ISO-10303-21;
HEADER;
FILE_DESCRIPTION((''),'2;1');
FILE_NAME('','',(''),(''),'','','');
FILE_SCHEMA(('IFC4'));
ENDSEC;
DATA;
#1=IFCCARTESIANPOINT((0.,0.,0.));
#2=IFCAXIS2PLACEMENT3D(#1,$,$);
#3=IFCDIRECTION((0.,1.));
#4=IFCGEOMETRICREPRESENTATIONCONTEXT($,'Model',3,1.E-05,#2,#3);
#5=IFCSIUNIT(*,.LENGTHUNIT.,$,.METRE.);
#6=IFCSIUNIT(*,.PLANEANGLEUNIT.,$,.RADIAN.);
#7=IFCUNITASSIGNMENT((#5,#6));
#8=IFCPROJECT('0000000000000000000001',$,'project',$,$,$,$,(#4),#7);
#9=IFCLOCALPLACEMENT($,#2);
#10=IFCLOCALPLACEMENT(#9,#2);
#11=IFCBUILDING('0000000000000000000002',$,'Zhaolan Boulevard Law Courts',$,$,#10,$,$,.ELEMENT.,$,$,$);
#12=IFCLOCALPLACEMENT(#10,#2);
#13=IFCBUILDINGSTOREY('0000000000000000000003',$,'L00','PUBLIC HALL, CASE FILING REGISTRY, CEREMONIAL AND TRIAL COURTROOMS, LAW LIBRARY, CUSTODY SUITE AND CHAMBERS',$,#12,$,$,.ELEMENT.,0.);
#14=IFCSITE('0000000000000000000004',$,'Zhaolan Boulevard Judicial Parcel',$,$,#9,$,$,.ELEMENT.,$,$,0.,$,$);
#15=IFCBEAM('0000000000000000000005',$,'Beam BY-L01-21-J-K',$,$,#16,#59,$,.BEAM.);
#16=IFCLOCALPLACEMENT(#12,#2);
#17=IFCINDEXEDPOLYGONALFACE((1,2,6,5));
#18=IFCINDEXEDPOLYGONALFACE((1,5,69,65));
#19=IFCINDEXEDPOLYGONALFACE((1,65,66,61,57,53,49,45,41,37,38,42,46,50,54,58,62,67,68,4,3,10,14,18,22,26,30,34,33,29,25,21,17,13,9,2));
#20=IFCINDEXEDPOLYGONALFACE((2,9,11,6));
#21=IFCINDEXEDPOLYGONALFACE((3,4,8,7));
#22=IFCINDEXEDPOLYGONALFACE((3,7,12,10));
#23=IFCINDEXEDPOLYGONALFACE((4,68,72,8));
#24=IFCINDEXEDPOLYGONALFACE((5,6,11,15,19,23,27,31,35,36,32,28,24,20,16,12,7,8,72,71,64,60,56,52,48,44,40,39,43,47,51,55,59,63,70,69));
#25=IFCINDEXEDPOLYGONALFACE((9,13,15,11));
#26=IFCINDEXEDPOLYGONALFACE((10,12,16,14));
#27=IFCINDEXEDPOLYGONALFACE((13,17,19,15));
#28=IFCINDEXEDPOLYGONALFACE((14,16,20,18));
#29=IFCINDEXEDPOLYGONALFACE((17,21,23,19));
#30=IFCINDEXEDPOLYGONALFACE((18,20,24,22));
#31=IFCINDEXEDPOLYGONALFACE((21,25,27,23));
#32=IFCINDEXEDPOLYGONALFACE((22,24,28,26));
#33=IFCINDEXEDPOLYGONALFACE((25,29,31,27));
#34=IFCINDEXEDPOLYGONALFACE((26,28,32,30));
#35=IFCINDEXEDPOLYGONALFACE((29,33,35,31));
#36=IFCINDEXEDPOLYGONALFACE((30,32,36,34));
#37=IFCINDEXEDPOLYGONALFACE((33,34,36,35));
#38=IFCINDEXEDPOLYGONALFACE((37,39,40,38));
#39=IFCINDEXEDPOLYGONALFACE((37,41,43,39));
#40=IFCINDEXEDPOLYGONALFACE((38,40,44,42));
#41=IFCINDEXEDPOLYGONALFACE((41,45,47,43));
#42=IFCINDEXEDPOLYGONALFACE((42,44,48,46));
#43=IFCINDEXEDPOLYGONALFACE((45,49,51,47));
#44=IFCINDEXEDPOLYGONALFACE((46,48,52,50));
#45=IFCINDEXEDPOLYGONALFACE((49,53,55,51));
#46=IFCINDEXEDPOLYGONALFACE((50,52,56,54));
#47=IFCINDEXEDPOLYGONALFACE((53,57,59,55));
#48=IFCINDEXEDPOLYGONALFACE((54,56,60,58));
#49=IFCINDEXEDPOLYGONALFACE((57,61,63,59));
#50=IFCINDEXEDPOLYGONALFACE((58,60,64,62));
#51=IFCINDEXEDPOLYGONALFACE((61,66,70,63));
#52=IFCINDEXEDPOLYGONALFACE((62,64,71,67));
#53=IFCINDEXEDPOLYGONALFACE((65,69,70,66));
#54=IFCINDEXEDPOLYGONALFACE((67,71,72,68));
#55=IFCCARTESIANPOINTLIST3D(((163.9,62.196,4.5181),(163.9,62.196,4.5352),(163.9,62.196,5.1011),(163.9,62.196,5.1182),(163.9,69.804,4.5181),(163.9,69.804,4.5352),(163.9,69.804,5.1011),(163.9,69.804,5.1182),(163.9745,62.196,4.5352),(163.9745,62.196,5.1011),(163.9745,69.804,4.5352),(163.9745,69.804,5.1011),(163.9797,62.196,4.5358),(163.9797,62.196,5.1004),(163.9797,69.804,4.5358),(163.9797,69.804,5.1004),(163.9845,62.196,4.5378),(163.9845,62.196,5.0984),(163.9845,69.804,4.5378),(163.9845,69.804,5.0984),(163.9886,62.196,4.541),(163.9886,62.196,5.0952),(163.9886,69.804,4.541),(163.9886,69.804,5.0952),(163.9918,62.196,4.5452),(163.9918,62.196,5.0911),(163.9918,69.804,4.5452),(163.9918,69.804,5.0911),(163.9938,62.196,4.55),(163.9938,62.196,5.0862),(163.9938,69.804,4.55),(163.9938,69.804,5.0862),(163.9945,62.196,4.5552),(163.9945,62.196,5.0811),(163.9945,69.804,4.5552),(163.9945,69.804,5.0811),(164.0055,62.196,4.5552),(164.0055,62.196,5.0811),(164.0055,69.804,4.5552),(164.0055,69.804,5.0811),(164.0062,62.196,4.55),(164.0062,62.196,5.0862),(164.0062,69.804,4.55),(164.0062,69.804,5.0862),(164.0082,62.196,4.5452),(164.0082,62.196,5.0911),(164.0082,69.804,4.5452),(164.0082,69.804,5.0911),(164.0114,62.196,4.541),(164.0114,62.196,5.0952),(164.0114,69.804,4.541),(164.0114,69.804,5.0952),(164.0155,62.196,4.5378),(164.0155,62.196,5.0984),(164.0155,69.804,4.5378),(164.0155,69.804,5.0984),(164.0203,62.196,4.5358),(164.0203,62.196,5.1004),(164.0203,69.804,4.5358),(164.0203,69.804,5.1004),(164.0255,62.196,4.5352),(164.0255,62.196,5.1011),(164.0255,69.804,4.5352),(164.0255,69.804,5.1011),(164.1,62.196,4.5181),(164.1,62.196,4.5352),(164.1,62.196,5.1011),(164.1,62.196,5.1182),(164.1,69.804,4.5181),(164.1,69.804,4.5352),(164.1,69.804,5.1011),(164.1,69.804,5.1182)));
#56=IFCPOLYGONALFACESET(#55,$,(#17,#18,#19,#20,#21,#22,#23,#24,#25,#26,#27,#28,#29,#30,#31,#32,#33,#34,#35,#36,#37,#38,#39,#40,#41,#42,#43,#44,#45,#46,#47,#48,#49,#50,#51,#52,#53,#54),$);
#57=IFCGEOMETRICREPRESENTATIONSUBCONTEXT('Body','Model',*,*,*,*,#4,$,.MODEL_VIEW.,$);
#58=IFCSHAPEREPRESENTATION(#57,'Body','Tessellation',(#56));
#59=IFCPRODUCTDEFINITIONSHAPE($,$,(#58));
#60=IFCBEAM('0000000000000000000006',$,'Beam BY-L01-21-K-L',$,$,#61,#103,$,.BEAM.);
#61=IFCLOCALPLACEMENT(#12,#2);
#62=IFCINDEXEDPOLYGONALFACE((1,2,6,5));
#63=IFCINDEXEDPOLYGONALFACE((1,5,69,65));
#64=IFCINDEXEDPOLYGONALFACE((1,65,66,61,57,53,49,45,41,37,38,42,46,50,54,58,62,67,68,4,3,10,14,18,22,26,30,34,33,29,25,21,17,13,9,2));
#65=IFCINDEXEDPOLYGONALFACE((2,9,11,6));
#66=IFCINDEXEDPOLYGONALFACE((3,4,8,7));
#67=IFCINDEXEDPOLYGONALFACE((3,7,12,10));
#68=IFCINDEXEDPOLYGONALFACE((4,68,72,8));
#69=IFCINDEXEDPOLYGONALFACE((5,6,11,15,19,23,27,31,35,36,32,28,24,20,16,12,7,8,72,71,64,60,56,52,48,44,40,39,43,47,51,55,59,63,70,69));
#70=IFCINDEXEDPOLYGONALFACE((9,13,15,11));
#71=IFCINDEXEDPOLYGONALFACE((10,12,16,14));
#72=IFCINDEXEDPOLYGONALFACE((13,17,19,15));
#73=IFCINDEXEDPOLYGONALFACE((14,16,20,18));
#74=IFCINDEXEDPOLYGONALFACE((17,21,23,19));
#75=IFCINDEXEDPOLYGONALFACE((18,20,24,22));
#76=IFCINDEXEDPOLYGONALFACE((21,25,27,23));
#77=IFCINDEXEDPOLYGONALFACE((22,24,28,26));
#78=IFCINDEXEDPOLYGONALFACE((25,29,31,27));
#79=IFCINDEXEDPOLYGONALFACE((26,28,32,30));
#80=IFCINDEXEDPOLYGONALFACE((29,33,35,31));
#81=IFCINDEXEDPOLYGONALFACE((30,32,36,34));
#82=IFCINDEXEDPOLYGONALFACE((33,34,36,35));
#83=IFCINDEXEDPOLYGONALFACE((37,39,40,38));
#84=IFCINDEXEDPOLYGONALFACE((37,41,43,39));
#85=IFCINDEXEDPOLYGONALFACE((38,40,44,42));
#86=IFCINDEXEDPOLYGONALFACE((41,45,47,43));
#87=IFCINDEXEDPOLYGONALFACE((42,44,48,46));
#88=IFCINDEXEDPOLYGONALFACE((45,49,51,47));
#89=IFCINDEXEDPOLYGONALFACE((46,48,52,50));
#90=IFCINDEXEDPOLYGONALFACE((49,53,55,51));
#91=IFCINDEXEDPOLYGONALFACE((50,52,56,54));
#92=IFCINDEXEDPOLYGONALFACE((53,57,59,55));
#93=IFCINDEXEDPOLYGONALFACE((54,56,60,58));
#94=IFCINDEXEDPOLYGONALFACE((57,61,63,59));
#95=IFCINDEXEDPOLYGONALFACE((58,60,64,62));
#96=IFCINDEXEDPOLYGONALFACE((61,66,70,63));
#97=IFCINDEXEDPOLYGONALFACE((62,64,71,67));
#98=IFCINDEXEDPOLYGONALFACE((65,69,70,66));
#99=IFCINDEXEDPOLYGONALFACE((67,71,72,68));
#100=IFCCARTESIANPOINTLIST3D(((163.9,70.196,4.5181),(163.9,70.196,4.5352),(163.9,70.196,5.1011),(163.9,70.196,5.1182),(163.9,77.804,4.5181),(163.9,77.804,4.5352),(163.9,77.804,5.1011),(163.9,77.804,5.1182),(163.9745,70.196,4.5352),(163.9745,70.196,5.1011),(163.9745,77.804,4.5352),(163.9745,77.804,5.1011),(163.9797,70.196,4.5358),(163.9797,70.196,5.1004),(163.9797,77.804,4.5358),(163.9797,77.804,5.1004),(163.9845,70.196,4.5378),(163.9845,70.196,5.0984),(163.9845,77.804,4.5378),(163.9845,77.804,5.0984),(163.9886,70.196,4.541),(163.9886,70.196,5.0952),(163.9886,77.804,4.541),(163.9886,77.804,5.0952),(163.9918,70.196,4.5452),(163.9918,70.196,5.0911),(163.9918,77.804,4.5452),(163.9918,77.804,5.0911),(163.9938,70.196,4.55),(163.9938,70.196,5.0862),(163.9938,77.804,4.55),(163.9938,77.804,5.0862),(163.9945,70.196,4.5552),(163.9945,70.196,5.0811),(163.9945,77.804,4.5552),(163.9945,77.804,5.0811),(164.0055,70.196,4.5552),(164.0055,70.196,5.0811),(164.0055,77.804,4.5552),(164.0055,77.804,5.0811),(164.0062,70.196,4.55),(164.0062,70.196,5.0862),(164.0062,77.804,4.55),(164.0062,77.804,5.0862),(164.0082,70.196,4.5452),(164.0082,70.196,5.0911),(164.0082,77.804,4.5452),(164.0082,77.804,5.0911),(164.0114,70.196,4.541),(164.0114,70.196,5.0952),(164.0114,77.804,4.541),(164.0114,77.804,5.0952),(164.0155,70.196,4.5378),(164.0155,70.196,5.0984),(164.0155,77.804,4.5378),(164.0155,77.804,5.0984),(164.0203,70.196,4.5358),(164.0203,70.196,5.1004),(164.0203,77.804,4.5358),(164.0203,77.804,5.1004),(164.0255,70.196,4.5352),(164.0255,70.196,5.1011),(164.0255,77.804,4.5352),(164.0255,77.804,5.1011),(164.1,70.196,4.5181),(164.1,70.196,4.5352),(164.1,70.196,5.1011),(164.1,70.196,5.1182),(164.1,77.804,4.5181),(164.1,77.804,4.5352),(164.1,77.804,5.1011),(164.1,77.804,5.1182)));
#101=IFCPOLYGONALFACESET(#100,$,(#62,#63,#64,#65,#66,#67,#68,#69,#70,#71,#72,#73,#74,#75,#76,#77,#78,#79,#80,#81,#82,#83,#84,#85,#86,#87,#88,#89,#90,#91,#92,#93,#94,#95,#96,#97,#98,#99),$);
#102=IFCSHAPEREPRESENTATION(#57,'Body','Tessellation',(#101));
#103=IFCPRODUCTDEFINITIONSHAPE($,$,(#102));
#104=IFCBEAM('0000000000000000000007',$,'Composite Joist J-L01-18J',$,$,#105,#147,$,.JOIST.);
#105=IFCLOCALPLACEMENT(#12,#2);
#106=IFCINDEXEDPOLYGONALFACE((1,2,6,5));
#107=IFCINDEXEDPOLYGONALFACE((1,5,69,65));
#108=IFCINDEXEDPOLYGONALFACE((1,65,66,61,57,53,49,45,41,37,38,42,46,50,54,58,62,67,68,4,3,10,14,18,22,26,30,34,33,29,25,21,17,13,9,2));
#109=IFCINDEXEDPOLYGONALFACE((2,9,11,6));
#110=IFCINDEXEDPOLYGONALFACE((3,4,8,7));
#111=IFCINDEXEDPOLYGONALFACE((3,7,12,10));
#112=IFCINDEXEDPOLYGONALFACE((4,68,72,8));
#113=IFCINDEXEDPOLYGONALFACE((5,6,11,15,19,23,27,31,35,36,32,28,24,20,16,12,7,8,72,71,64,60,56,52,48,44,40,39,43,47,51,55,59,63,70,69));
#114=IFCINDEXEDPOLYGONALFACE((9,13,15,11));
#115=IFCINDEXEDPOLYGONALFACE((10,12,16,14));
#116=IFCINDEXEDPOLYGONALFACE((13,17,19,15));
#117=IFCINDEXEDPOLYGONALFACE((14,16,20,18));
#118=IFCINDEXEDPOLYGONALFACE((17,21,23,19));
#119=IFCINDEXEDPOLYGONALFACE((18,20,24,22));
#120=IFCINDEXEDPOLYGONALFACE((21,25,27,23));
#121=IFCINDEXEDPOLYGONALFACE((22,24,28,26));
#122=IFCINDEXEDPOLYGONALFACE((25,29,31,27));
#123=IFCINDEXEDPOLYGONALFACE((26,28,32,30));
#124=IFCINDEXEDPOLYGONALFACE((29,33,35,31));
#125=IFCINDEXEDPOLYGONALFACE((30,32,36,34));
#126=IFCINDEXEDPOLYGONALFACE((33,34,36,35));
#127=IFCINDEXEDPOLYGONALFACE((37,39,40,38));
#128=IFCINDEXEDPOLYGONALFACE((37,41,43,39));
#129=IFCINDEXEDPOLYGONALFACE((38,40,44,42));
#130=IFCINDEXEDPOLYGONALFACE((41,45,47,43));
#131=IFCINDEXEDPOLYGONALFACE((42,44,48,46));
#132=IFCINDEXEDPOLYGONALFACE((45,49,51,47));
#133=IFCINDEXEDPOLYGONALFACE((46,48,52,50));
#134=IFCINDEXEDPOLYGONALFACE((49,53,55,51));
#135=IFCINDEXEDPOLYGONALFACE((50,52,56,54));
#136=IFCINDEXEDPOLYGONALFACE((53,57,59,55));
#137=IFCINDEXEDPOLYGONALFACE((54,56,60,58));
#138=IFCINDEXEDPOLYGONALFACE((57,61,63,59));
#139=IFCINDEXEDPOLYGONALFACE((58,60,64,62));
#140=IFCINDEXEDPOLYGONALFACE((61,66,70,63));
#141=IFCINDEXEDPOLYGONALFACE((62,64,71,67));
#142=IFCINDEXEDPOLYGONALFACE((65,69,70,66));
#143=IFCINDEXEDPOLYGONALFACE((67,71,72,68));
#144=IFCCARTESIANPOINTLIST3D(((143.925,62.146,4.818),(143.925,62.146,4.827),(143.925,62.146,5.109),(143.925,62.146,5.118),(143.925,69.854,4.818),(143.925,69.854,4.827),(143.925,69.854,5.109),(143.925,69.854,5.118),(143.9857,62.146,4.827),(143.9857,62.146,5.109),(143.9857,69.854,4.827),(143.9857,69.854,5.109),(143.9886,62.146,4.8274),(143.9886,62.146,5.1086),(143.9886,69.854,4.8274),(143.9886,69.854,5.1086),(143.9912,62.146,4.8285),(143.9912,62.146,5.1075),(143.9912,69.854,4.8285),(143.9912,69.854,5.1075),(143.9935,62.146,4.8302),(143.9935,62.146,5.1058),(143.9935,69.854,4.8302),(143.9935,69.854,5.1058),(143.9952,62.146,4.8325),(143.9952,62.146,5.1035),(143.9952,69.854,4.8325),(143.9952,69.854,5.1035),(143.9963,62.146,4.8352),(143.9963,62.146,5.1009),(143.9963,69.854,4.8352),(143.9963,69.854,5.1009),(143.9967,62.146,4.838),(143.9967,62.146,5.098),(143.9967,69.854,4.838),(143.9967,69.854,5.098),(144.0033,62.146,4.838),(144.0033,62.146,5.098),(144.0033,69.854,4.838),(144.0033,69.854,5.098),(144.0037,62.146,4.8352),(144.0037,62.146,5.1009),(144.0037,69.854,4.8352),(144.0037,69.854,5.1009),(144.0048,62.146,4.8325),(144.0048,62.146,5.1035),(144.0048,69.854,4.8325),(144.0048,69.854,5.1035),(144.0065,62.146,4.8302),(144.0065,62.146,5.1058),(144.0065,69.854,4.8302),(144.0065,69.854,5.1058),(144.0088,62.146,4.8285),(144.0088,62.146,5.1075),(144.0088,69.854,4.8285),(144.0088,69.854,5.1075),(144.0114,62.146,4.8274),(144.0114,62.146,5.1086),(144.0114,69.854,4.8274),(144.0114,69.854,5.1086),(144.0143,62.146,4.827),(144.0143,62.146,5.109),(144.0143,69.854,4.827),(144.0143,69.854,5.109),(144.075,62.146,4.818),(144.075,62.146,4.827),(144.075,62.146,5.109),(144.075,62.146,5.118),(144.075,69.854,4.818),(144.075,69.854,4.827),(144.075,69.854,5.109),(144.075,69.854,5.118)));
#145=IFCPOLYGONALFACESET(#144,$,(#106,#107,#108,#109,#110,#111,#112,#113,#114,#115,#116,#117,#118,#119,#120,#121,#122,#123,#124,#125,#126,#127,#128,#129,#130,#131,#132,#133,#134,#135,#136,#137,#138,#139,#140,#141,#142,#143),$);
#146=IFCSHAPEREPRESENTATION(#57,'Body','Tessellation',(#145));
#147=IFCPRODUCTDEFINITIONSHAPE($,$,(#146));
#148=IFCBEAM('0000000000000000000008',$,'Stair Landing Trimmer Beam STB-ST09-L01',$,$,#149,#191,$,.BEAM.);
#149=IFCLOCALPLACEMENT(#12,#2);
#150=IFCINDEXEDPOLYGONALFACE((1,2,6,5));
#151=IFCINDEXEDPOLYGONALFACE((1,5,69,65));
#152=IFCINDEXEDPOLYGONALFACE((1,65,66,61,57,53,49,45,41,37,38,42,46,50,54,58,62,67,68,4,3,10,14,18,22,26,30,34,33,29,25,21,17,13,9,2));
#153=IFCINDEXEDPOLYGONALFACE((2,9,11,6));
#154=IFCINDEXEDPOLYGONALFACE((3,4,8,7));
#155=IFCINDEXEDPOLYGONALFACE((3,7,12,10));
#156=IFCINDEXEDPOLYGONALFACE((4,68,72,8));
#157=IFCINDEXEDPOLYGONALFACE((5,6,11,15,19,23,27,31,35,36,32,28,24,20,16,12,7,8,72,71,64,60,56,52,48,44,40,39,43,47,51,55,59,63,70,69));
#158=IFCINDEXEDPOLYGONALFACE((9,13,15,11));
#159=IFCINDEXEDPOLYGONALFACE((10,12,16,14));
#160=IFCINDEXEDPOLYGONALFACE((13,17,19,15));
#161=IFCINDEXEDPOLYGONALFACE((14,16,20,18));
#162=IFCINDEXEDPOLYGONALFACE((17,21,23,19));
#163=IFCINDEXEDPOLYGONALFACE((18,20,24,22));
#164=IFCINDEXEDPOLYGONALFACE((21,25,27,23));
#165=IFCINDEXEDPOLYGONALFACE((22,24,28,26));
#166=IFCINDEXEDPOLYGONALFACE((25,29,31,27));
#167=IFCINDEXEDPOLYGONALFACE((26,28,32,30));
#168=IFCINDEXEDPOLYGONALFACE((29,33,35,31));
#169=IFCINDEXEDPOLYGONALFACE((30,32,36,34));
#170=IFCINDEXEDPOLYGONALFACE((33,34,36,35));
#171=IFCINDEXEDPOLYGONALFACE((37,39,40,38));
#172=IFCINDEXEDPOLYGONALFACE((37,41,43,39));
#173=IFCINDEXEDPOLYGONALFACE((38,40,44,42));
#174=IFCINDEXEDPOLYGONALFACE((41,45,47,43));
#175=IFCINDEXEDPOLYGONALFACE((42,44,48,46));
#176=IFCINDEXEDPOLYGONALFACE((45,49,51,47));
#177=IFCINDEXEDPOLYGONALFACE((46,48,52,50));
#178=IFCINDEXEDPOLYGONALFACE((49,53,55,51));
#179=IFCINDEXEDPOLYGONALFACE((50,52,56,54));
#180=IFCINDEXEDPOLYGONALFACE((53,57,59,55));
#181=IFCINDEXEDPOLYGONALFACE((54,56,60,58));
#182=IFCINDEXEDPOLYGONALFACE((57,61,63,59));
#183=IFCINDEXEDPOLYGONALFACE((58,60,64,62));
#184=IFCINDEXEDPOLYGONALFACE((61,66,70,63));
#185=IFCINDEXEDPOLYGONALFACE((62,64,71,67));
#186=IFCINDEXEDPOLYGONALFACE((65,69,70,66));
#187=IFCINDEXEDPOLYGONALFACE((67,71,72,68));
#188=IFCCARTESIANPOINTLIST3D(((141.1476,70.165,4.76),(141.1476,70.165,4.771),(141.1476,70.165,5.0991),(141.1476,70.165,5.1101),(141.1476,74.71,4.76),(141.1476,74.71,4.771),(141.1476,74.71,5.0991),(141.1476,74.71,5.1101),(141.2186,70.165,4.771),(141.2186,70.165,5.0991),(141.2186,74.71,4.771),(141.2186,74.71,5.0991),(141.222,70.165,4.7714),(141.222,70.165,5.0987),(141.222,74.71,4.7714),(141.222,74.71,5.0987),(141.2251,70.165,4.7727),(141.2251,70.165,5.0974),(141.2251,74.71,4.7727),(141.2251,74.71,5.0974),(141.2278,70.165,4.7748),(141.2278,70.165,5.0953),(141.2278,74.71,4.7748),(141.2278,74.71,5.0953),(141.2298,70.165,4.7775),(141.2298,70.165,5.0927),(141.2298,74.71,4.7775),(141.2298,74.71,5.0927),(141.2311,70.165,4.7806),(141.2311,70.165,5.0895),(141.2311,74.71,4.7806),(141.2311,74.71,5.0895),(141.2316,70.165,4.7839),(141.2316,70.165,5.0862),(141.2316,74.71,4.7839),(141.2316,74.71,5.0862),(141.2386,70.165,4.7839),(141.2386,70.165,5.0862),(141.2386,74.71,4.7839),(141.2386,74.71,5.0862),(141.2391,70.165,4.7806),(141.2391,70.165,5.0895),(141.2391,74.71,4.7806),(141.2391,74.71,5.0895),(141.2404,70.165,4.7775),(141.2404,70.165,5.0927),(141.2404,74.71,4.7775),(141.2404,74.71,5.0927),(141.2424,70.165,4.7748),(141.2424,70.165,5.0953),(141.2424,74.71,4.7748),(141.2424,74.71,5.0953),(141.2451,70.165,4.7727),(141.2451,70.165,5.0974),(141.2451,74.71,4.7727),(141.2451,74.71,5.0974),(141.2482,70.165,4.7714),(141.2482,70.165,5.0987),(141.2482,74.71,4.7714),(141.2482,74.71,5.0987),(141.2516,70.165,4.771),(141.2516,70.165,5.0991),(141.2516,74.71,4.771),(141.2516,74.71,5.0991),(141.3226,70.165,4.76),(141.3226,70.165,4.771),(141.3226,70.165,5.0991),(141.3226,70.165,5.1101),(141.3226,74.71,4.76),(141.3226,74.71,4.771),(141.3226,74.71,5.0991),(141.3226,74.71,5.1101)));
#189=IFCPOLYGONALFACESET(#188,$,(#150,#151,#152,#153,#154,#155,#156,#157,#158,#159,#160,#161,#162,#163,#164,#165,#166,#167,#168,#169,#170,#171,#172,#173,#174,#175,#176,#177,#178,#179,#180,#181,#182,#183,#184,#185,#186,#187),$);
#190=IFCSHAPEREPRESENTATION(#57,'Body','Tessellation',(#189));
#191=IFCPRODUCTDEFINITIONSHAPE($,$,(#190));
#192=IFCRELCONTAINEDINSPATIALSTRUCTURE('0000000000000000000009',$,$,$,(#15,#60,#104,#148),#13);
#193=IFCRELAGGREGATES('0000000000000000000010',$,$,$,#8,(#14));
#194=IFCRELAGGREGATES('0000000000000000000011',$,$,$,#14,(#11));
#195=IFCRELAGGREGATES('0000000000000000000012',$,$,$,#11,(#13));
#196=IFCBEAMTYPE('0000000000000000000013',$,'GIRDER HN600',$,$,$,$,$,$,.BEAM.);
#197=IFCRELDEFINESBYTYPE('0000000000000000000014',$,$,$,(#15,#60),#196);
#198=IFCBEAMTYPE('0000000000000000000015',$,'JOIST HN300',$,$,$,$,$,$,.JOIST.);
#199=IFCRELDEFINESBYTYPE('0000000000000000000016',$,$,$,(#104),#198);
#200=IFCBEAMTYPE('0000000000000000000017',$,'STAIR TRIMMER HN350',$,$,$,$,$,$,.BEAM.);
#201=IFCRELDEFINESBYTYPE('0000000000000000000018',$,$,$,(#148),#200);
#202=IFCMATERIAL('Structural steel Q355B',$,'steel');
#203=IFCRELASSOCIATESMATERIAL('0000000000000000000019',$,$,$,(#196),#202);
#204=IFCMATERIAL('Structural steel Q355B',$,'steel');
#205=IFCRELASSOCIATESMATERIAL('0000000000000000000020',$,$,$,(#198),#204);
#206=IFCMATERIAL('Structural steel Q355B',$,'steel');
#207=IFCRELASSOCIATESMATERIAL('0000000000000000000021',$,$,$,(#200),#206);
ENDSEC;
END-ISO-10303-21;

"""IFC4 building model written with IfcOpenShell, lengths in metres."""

from ifc_helpers import new_model, si_unit, direction, frame, origin, origin_2d, place, context, subcontext, project, spatial, i_section, extrude, material, material_profile, profile_set, type_object, element, save


model = new_model("IFC4")

# Units and contexts
model_context = context("Model", 3, precision=1e-05, world=origin(), true_north=direction((0.0, 1.0)))
body_context = subcontext(model_context, "Body", "Model", "MODEL_VIEW")
ifc_project = project(units=[si_unit("LENGTHUNIT", "METRE"), si_unit("PLANEANGLEUNIT", "RADIAN")], contexts=[model_context])

# Site, building, storey
site_placement = place(None, origin())
site = spatial("IfcSite", under=ifc_project, at=site_placement, Name="Zhaolan Boulevard Judicial Parcel", CompositionType="ELEMENT", RefElevation=0.0)
building_placement = place(site_placement, origin())
building = spatial("IfcBuilding", under=site, at=building_placement, Name="Zhaolan Boulevard Law Courts", CompositionType="ELEMENT")
storey_placement = place(building_placement, origin())
storey = spatial("IfcBuildingStorey", under=building, at=storey_placement, Name="L00", Description="PUBLIC HALL, CASE FILING REGISTRY, CEREMONIAL AND TRIAL COURTROOMS, LAW LIBRARY, CUSTODY SUITE AND CHAMBERS", CompositionType="ELEMENT", Elevation=0.0)

# Beams
ifc_material_1 = material(Name="Structural steel Q355B", Category="steel")
ifc_material_profile_1 = material_profile(ifc_material_1, i_section(OverallWidth=0.2, OverallDepth=0.6001, WebThickness=0.011, FlangeThickness=0.0171, FilletRadius=0.02, at=origin_2d()), Name="HN600x200")
ifc_profile_set_1 = profile_set([ifc_material_profile_1], Name="Structural steel Q355B")
beam_type_1 = type_object("IfcBeamType", Name="GIRDER HN600", PredefinedType="BEAM", material=ifc_profile_set_1)
for number, where, z_axis, x_axis, name in (
    (1, (164.0, 62.196, 4.8181), (0.0, 1.0, 0.0), (-1.0, 0.0, 0.0), "Beam BY-L01-21-J-K"),
    (2, (164.0, 70.196, 4.8181), (0.0, 1.0, 0.0), (-1.0, 0.0, 0.0), "Beam BY-L01-21-K-L"),
):
    element("IfcBeam", number, at=place(storey_placement, frame(where, z_axis=z_axis, x_axis=x_axis)), inside=storey, type_object=beam_type_1, Name=name, PredefinedType="BEAM", context=body_context, shape_type="SweptSolid", body=[
        extrude(i_section(OverallWidth=0.2, OverallDepth=0.6001, WebThickness=0.011, FlangeThickness=0.0171, FilletRadius=0.02, at=origin_2d()), origin(), (0.0, 0.0, 1.0), 7.6079),
    ])
ifc_material_2 = material(Name="Structural steel Q355B", Category="steel")
ifc_material_profile_2 = material_profile(ifc_material_2, i_section(OverallWidth=0.1499, OverallDepth=0.3, WebThickness=0.0066, FlangeThickness=0.009, FilletRadius=0.011, at=origin_2d()), Name="HN300x150")
ifc_profile_set_2 = profile_set([ifc_material_profile_2], Name="Structural steel Q355B")
beam_type_2 = type_object("IfcBeamType", Name="JOIST HN300", PredefinedType="JOIST", material=ifc_profile_set_2)
beam_1_placement = place(storey_placement, frame((144.0, 62.146, 4.968), z_axis=(0.0, 1.0, 0.0), x_axis=(-1.0, 0.0, 0.0)))
element("IfcBeam", 3, at=beam_1_placement, inside=storey, type_object=beam_type_2, Name="Composite Joist J-L01-18J", PredefinedType="JOIST", context=body_context, shape_type="SweptSolid", body=[
    extrude(i_section(OverallWidth=0.1499, OverallDepth=0.3, WebThickness=0.0066, FlangeThickness=0.009, FilletRadius=0.011, at=origin_2d()), origin(), (0.0, 0.0, 1.0), 7.708),
])
ifc_material_3 = material(Name="Structural steel Q355B", Category="steel")
ifc_material_profile_3 = material_profile(ifc_material_3, i_section(OverallWidth=0.175, OverallDepth=0.3501, WebThickness=0.0071, FlangeThickness=0.011, FilletRadius=0.0129, at=origin_2d()), Name="HN350x175")
ifc_profile_set_3 = profile_set([ifc_material_profile_3], Name="Structural steel Q355B")
beam_type_3 = type_object("IfcBeamType", Name="STAIR TRIMMER HN350", PredefinedType="BEAM", material=ifc_profile_set_3)
beam_2_placement = place(storey_placement, frame((141.2351, 70.165, 4.9351), z_axis=(0.0, 1.0, 0.0), x_axis=(-1.0, 0.0, 0.0)))
element("IfcBeam", 4, at=beam_2_placement, inside=storey, type_object=beam_type_3, Name="Stair Landing Trimmer Beam STB-ST09-L01", PredefinedType="BEAM", context=body_context, shape_type="SweptSolid", body=[
    extrude(i_section(OverallWidth=0.175, OverallDepth=0.3501, WebThickness=0.0071, FlangeThickness=0.011, FilletRadius=0.0129, at=origin_2d()), origin(), (0.0, 0.0, 1.0), 4.5449),
])

save(model, "model.ifc")
